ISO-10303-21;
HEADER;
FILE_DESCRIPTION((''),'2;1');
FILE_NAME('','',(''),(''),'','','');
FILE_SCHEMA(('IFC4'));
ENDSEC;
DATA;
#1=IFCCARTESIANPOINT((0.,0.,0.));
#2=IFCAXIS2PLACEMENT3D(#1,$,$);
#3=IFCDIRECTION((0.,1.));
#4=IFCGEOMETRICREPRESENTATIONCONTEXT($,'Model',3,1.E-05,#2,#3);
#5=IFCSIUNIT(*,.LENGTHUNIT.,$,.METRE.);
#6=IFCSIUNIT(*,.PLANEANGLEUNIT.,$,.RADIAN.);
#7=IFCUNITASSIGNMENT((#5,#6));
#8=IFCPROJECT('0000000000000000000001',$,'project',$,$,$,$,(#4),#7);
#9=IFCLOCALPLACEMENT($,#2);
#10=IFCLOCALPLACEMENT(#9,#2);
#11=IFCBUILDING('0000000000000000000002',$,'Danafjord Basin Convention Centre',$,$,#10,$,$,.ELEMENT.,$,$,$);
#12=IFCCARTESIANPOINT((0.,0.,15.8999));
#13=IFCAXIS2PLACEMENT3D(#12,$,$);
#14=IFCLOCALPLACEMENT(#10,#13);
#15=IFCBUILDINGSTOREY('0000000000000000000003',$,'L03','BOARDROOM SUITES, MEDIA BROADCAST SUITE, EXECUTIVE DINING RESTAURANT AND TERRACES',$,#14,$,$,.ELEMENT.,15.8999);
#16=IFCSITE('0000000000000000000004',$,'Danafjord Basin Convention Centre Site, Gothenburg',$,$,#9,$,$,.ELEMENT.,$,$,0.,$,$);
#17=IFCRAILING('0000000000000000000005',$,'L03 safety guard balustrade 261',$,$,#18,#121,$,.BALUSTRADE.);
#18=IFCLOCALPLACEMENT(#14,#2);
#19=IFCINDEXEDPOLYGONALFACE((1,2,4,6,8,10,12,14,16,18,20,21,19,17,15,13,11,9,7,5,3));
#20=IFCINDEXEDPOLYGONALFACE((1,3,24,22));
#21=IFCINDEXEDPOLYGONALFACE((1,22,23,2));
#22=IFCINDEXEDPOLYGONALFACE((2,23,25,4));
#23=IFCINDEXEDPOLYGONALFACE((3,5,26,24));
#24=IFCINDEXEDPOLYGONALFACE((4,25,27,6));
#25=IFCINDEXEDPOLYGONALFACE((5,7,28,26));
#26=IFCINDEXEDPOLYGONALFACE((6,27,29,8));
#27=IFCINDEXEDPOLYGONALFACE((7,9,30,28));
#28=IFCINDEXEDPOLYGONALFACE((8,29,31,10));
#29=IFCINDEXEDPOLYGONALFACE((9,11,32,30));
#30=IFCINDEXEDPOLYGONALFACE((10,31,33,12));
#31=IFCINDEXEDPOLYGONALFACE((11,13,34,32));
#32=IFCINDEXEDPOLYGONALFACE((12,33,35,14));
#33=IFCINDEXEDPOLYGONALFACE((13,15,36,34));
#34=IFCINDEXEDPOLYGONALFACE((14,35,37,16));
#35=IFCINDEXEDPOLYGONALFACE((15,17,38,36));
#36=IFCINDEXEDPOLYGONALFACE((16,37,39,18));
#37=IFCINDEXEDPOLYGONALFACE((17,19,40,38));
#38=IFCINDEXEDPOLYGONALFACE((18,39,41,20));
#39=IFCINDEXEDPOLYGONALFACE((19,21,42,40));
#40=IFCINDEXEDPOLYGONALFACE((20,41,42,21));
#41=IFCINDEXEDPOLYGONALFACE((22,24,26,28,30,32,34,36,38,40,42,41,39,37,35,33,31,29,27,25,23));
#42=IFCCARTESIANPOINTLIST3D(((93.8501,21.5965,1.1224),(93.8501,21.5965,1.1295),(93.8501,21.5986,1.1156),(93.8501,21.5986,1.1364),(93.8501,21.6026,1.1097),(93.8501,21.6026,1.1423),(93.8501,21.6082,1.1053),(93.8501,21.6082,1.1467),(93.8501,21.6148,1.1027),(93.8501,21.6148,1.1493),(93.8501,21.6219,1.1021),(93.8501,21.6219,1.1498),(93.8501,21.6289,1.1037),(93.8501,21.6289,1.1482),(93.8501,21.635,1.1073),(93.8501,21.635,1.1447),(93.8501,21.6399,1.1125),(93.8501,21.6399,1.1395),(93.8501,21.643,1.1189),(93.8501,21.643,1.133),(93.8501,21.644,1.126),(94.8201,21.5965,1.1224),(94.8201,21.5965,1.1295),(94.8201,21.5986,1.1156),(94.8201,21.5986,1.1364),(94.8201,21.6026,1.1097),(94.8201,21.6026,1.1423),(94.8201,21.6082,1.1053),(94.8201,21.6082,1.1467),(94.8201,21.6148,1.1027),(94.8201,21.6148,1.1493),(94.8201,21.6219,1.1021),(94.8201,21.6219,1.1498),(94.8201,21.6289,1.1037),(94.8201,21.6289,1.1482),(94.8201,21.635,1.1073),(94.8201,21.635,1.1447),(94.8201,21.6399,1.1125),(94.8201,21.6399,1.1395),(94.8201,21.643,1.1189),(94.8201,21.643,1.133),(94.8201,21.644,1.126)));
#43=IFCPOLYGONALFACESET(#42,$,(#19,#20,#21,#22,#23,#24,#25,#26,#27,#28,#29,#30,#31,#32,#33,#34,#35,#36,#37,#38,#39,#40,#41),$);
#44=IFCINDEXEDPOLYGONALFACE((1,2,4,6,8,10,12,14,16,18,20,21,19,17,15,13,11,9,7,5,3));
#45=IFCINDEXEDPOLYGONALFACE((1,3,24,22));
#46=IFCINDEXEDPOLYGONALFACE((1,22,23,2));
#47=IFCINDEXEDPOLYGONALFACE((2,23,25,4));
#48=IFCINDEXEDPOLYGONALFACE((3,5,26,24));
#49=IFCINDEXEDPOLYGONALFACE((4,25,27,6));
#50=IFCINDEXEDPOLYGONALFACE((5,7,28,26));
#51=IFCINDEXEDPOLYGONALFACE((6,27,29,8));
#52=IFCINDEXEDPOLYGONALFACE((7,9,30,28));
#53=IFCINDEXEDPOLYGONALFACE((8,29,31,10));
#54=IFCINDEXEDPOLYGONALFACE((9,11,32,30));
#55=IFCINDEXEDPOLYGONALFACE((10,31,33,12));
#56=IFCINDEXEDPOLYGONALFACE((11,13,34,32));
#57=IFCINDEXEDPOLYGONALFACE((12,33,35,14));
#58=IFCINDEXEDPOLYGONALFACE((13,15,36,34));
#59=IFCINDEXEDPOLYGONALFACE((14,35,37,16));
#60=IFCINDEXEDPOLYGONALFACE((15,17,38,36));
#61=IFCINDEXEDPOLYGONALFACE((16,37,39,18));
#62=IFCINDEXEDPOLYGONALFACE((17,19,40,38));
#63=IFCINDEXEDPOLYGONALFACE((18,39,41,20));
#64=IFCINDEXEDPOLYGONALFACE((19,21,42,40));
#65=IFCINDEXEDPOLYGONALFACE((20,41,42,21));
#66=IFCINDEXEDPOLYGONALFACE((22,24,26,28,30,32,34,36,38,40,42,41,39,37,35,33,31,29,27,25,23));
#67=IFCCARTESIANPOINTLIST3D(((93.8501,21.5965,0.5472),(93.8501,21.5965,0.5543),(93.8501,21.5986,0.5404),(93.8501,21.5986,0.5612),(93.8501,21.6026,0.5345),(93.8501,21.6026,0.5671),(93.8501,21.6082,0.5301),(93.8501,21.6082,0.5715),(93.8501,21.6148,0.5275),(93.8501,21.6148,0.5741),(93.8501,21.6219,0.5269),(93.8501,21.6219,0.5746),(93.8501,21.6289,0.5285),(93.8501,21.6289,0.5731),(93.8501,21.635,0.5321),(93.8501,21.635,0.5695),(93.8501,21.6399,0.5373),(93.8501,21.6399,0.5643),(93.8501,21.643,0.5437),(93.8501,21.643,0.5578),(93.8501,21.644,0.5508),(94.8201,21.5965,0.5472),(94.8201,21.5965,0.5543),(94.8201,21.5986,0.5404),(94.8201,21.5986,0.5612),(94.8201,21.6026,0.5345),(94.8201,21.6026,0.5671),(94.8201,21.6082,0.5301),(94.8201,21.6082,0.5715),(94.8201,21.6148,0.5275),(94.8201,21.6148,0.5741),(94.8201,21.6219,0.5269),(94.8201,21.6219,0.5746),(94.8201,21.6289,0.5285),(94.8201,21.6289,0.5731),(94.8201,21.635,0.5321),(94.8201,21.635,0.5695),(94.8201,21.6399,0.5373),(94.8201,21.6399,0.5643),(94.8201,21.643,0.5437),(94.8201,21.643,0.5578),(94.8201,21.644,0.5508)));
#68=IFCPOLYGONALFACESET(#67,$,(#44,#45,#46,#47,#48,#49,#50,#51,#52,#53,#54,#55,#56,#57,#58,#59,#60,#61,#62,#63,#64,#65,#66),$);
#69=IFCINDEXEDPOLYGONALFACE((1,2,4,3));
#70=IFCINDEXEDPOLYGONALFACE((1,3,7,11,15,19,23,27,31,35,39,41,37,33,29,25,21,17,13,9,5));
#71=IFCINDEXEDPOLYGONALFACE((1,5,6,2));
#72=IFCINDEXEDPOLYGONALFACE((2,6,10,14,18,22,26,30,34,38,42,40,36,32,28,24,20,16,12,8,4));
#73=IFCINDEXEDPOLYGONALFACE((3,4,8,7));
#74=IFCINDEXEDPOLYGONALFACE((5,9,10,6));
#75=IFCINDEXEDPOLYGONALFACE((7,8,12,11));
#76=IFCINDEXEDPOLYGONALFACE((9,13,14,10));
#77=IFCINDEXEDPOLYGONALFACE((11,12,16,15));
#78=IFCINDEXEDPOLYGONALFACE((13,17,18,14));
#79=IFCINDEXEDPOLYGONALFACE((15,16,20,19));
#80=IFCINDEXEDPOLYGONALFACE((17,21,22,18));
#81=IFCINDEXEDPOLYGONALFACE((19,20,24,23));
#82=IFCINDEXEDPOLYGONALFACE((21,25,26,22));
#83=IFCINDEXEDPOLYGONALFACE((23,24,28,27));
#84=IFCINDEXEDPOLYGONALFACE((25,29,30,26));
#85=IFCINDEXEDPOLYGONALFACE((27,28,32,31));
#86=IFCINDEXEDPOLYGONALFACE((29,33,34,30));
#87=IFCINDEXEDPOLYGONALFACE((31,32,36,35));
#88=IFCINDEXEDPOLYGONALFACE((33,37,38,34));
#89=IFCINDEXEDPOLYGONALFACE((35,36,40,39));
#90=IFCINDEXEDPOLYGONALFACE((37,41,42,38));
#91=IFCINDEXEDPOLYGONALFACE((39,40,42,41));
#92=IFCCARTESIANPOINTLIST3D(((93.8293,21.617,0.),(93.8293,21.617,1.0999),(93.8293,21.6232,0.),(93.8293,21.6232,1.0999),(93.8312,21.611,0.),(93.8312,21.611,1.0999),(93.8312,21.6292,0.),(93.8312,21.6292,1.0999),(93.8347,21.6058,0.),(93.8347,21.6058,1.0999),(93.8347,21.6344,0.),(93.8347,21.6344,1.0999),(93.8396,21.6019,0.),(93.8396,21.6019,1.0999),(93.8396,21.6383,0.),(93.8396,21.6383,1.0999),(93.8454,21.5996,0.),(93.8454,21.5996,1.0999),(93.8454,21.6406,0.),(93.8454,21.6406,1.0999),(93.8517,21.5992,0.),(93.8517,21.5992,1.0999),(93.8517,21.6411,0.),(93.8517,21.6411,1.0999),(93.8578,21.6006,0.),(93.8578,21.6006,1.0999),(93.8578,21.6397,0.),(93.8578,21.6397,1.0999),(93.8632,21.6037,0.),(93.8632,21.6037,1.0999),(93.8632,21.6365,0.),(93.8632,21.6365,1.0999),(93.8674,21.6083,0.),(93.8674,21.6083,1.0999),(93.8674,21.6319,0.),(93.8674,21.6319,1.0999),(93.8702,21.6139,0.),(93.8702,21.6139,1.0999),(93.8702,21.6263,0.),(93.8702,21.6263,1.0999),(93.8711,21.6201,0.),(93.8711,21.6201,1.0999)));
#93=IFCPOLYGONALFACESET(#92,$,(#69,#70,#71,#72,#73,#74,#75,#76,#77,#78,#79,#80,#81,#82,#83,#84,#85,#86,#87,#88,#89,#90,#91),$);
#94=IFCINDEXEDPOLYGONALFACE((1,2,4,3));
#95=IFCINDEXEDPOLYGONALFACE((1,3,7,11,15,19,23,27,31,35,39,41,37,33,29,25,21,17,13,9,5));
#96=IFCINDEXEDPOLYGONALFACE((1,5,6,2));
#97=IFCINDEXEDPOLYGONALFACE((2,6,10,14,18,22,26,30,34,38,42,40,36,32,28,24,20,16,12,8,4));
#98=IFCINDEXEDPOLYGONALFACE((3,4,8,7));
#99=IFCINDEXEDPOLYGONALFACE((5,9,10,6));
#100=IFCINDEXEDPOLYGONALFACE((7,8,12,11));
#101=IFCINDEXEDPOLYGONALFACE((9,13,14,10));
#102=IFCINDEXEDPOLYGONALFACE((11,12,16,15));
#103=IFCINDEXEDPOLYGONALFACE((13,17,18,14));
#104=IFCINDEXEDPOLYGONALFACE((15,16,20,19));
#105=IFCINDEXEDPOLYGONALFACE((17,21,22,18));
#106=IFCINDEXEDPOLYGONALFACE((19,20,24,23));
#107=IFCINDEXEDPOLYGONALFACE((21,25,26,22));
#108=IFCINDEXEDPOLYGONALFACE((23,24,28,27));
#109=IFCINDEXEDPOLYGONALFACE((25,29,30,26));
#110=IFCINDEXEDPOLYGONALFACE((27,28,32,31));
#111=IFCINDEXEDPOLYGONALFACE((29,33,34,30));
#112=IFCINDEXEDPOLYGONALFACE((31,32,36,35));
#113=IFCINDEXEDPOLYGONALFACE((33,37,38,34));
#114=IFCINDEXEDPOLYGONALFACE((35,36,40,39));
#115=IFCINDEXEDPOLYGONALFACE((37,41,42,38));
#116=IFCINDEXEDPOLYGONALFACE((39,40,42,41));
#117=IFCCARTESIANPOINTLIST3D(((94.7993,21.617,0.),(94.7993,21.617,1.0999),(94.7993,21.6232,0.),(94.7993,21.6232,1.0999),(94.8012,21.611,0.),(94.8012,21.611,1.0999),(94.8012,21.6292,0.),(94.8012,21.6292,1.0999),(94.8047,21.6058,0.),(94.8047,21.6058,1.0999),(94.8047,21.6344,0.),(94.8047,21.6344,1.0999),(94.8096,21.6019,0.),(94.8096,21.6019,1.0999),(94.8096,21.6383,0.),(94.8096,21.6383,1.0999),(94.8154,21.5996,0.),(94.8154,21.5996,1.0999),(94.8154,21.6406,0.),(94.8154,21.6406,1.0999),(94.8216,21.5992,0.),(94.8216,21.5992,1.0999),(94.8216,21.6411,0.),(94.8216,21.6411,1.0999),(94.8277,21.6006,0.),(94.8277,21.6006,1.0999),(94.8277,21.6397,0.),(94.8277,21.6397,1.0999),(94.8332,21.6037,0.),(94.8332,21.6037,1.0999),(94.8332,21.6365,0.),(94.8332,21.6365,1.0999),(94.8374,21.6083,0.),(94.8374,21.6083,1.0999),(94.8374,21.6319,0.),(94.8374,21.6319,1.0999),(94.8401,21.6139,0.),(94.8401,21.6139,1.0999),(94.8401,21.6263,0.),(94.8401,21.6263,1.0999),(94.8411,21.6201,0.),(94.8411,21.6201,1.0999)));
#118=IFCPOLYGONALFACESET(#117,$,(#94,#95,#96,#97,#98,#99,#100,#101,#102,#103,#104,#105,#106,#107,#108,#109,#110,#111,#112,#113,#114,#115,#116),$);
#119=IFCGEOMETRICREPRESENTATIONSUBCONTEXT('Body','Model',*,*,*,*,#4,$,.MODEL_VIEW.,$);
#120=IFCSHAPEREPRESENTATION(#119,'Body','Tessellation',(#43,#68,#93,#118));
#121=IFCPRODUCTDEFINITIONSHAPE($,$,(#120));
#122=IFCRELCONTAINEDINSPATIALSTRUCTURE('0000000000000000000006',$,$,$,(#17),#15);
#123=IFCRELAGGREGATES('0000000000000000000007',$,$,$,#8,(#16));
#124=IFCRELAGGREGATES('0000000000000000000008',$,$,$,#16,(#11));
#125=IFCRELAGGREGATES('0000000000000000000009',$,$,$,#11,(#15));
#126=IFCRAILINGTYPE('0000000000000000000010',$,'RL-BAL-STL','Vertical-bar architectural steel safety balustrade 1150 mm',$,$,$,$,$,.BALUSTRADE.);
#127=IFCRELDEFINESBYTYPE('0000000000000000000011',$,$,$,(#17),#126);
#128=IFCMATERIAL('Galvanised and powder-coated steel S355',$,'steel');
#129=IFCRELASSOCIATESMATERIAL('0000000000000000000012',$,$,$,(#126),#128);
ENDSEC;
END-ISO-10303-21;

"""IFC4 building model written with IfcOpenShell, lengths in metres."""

from ifc_helpers import new_model, si_unit, direction, frame, origin, origin_2d, place, context, subcontext, project, spatial, circle, extrude, material, type_object, element, save


model = new_model("IFC4")

# Units and contexts
model_context = context("Model", 3, precision=1e-05, world=origin(), true_north=direction((0.0, 1.0)))
body_context = subcontext(model_context, "Body", "Model", "MODEL_VIEW")
ifc_project = project(units=[si_unit("LENGTHUNIT", "METRE"), si_unit("PLANEANGLEUNIT", "RADIAN")], contexts=[model_context])

# Site, building, storey
site_placement = place(None, origin())
site = spatial("IfcSite", under=ifc_project, at=site_placement, Name="Danafjord Basin Convention Centre Site, Gothenburg", CompositionType="ELEMENT", RefElevation=0.0)
building_placement = place(site_placement, origin())
building = spatial("IfcBuilding", under=site, at=building_placement, Name="Danafjord Basin Convention Centre", CompositionType="ELEMENT")
storey_placement = place(building_placement, frame((0.0, 0.0, 15.8999)))
storey = spatial("IfcBuildingStorey", under=building, at=storey_placement, Name="L03", Description="BOARDROOM SUITES, MEDIA BROADCAST SUITE, EXECUTIVE DINING RESTAURANT AND TERRACES", CompositionType="ELEMENT", Elevation=15.8999)

# Railing
ifc_material_1 = material(Name="Galvanised and powder-coated steel S355", Category="steel")
railing_type_1 = type_object("IfcRailingType", Name="RL-BAL-STL", Description="Vertical-bar architectural steel safety balustrade 1150 mm", PredefinedType="BALUSTRADE", material=ifc_material_1)
railing_1_placement = place(storey_placement, frame((93.8501, 21.6201, 0.0)))
element("IfcRailing", 1, at=railing_1_placement, inside=storey, type_object=railing_type_1, Name="L03 safety guard balustrade 261", PredefinedType="BALUSTRADE", context=body_context, shape_type="SweptSolid", body=[
    extrude(circle(Radius=0.0239, at=origin_2d()), frame((0.0, 0.0, 1.126), z_axis=(1.0, 0.0, 0.0), x_axis=(0.0, 1.0, 0.0)), (0.0, 0.0, 1.0), 0.97),
    extrude(circle(Radius=0.0239, at=origin_2d()), frame((0.0, 0.0, 0.5508), z_axis=(1.0, 0.0, 0.0), x_axis=(0.0, 1.0, 0.0)), (0.0, 0.0, 1.0), 0.97),
    extrude(circle(Radius=0.021, at=origin_2d()), origin(), (0.0, 0.0, 1.0), 1.0999),
    extrude(circle(Radius=0.021, at=origin_2d()), frame((0.97, 0.0, 0.0)), (0.0, 0.0, 1.0), 1.0999),
])

save(model, "model.ifc")
